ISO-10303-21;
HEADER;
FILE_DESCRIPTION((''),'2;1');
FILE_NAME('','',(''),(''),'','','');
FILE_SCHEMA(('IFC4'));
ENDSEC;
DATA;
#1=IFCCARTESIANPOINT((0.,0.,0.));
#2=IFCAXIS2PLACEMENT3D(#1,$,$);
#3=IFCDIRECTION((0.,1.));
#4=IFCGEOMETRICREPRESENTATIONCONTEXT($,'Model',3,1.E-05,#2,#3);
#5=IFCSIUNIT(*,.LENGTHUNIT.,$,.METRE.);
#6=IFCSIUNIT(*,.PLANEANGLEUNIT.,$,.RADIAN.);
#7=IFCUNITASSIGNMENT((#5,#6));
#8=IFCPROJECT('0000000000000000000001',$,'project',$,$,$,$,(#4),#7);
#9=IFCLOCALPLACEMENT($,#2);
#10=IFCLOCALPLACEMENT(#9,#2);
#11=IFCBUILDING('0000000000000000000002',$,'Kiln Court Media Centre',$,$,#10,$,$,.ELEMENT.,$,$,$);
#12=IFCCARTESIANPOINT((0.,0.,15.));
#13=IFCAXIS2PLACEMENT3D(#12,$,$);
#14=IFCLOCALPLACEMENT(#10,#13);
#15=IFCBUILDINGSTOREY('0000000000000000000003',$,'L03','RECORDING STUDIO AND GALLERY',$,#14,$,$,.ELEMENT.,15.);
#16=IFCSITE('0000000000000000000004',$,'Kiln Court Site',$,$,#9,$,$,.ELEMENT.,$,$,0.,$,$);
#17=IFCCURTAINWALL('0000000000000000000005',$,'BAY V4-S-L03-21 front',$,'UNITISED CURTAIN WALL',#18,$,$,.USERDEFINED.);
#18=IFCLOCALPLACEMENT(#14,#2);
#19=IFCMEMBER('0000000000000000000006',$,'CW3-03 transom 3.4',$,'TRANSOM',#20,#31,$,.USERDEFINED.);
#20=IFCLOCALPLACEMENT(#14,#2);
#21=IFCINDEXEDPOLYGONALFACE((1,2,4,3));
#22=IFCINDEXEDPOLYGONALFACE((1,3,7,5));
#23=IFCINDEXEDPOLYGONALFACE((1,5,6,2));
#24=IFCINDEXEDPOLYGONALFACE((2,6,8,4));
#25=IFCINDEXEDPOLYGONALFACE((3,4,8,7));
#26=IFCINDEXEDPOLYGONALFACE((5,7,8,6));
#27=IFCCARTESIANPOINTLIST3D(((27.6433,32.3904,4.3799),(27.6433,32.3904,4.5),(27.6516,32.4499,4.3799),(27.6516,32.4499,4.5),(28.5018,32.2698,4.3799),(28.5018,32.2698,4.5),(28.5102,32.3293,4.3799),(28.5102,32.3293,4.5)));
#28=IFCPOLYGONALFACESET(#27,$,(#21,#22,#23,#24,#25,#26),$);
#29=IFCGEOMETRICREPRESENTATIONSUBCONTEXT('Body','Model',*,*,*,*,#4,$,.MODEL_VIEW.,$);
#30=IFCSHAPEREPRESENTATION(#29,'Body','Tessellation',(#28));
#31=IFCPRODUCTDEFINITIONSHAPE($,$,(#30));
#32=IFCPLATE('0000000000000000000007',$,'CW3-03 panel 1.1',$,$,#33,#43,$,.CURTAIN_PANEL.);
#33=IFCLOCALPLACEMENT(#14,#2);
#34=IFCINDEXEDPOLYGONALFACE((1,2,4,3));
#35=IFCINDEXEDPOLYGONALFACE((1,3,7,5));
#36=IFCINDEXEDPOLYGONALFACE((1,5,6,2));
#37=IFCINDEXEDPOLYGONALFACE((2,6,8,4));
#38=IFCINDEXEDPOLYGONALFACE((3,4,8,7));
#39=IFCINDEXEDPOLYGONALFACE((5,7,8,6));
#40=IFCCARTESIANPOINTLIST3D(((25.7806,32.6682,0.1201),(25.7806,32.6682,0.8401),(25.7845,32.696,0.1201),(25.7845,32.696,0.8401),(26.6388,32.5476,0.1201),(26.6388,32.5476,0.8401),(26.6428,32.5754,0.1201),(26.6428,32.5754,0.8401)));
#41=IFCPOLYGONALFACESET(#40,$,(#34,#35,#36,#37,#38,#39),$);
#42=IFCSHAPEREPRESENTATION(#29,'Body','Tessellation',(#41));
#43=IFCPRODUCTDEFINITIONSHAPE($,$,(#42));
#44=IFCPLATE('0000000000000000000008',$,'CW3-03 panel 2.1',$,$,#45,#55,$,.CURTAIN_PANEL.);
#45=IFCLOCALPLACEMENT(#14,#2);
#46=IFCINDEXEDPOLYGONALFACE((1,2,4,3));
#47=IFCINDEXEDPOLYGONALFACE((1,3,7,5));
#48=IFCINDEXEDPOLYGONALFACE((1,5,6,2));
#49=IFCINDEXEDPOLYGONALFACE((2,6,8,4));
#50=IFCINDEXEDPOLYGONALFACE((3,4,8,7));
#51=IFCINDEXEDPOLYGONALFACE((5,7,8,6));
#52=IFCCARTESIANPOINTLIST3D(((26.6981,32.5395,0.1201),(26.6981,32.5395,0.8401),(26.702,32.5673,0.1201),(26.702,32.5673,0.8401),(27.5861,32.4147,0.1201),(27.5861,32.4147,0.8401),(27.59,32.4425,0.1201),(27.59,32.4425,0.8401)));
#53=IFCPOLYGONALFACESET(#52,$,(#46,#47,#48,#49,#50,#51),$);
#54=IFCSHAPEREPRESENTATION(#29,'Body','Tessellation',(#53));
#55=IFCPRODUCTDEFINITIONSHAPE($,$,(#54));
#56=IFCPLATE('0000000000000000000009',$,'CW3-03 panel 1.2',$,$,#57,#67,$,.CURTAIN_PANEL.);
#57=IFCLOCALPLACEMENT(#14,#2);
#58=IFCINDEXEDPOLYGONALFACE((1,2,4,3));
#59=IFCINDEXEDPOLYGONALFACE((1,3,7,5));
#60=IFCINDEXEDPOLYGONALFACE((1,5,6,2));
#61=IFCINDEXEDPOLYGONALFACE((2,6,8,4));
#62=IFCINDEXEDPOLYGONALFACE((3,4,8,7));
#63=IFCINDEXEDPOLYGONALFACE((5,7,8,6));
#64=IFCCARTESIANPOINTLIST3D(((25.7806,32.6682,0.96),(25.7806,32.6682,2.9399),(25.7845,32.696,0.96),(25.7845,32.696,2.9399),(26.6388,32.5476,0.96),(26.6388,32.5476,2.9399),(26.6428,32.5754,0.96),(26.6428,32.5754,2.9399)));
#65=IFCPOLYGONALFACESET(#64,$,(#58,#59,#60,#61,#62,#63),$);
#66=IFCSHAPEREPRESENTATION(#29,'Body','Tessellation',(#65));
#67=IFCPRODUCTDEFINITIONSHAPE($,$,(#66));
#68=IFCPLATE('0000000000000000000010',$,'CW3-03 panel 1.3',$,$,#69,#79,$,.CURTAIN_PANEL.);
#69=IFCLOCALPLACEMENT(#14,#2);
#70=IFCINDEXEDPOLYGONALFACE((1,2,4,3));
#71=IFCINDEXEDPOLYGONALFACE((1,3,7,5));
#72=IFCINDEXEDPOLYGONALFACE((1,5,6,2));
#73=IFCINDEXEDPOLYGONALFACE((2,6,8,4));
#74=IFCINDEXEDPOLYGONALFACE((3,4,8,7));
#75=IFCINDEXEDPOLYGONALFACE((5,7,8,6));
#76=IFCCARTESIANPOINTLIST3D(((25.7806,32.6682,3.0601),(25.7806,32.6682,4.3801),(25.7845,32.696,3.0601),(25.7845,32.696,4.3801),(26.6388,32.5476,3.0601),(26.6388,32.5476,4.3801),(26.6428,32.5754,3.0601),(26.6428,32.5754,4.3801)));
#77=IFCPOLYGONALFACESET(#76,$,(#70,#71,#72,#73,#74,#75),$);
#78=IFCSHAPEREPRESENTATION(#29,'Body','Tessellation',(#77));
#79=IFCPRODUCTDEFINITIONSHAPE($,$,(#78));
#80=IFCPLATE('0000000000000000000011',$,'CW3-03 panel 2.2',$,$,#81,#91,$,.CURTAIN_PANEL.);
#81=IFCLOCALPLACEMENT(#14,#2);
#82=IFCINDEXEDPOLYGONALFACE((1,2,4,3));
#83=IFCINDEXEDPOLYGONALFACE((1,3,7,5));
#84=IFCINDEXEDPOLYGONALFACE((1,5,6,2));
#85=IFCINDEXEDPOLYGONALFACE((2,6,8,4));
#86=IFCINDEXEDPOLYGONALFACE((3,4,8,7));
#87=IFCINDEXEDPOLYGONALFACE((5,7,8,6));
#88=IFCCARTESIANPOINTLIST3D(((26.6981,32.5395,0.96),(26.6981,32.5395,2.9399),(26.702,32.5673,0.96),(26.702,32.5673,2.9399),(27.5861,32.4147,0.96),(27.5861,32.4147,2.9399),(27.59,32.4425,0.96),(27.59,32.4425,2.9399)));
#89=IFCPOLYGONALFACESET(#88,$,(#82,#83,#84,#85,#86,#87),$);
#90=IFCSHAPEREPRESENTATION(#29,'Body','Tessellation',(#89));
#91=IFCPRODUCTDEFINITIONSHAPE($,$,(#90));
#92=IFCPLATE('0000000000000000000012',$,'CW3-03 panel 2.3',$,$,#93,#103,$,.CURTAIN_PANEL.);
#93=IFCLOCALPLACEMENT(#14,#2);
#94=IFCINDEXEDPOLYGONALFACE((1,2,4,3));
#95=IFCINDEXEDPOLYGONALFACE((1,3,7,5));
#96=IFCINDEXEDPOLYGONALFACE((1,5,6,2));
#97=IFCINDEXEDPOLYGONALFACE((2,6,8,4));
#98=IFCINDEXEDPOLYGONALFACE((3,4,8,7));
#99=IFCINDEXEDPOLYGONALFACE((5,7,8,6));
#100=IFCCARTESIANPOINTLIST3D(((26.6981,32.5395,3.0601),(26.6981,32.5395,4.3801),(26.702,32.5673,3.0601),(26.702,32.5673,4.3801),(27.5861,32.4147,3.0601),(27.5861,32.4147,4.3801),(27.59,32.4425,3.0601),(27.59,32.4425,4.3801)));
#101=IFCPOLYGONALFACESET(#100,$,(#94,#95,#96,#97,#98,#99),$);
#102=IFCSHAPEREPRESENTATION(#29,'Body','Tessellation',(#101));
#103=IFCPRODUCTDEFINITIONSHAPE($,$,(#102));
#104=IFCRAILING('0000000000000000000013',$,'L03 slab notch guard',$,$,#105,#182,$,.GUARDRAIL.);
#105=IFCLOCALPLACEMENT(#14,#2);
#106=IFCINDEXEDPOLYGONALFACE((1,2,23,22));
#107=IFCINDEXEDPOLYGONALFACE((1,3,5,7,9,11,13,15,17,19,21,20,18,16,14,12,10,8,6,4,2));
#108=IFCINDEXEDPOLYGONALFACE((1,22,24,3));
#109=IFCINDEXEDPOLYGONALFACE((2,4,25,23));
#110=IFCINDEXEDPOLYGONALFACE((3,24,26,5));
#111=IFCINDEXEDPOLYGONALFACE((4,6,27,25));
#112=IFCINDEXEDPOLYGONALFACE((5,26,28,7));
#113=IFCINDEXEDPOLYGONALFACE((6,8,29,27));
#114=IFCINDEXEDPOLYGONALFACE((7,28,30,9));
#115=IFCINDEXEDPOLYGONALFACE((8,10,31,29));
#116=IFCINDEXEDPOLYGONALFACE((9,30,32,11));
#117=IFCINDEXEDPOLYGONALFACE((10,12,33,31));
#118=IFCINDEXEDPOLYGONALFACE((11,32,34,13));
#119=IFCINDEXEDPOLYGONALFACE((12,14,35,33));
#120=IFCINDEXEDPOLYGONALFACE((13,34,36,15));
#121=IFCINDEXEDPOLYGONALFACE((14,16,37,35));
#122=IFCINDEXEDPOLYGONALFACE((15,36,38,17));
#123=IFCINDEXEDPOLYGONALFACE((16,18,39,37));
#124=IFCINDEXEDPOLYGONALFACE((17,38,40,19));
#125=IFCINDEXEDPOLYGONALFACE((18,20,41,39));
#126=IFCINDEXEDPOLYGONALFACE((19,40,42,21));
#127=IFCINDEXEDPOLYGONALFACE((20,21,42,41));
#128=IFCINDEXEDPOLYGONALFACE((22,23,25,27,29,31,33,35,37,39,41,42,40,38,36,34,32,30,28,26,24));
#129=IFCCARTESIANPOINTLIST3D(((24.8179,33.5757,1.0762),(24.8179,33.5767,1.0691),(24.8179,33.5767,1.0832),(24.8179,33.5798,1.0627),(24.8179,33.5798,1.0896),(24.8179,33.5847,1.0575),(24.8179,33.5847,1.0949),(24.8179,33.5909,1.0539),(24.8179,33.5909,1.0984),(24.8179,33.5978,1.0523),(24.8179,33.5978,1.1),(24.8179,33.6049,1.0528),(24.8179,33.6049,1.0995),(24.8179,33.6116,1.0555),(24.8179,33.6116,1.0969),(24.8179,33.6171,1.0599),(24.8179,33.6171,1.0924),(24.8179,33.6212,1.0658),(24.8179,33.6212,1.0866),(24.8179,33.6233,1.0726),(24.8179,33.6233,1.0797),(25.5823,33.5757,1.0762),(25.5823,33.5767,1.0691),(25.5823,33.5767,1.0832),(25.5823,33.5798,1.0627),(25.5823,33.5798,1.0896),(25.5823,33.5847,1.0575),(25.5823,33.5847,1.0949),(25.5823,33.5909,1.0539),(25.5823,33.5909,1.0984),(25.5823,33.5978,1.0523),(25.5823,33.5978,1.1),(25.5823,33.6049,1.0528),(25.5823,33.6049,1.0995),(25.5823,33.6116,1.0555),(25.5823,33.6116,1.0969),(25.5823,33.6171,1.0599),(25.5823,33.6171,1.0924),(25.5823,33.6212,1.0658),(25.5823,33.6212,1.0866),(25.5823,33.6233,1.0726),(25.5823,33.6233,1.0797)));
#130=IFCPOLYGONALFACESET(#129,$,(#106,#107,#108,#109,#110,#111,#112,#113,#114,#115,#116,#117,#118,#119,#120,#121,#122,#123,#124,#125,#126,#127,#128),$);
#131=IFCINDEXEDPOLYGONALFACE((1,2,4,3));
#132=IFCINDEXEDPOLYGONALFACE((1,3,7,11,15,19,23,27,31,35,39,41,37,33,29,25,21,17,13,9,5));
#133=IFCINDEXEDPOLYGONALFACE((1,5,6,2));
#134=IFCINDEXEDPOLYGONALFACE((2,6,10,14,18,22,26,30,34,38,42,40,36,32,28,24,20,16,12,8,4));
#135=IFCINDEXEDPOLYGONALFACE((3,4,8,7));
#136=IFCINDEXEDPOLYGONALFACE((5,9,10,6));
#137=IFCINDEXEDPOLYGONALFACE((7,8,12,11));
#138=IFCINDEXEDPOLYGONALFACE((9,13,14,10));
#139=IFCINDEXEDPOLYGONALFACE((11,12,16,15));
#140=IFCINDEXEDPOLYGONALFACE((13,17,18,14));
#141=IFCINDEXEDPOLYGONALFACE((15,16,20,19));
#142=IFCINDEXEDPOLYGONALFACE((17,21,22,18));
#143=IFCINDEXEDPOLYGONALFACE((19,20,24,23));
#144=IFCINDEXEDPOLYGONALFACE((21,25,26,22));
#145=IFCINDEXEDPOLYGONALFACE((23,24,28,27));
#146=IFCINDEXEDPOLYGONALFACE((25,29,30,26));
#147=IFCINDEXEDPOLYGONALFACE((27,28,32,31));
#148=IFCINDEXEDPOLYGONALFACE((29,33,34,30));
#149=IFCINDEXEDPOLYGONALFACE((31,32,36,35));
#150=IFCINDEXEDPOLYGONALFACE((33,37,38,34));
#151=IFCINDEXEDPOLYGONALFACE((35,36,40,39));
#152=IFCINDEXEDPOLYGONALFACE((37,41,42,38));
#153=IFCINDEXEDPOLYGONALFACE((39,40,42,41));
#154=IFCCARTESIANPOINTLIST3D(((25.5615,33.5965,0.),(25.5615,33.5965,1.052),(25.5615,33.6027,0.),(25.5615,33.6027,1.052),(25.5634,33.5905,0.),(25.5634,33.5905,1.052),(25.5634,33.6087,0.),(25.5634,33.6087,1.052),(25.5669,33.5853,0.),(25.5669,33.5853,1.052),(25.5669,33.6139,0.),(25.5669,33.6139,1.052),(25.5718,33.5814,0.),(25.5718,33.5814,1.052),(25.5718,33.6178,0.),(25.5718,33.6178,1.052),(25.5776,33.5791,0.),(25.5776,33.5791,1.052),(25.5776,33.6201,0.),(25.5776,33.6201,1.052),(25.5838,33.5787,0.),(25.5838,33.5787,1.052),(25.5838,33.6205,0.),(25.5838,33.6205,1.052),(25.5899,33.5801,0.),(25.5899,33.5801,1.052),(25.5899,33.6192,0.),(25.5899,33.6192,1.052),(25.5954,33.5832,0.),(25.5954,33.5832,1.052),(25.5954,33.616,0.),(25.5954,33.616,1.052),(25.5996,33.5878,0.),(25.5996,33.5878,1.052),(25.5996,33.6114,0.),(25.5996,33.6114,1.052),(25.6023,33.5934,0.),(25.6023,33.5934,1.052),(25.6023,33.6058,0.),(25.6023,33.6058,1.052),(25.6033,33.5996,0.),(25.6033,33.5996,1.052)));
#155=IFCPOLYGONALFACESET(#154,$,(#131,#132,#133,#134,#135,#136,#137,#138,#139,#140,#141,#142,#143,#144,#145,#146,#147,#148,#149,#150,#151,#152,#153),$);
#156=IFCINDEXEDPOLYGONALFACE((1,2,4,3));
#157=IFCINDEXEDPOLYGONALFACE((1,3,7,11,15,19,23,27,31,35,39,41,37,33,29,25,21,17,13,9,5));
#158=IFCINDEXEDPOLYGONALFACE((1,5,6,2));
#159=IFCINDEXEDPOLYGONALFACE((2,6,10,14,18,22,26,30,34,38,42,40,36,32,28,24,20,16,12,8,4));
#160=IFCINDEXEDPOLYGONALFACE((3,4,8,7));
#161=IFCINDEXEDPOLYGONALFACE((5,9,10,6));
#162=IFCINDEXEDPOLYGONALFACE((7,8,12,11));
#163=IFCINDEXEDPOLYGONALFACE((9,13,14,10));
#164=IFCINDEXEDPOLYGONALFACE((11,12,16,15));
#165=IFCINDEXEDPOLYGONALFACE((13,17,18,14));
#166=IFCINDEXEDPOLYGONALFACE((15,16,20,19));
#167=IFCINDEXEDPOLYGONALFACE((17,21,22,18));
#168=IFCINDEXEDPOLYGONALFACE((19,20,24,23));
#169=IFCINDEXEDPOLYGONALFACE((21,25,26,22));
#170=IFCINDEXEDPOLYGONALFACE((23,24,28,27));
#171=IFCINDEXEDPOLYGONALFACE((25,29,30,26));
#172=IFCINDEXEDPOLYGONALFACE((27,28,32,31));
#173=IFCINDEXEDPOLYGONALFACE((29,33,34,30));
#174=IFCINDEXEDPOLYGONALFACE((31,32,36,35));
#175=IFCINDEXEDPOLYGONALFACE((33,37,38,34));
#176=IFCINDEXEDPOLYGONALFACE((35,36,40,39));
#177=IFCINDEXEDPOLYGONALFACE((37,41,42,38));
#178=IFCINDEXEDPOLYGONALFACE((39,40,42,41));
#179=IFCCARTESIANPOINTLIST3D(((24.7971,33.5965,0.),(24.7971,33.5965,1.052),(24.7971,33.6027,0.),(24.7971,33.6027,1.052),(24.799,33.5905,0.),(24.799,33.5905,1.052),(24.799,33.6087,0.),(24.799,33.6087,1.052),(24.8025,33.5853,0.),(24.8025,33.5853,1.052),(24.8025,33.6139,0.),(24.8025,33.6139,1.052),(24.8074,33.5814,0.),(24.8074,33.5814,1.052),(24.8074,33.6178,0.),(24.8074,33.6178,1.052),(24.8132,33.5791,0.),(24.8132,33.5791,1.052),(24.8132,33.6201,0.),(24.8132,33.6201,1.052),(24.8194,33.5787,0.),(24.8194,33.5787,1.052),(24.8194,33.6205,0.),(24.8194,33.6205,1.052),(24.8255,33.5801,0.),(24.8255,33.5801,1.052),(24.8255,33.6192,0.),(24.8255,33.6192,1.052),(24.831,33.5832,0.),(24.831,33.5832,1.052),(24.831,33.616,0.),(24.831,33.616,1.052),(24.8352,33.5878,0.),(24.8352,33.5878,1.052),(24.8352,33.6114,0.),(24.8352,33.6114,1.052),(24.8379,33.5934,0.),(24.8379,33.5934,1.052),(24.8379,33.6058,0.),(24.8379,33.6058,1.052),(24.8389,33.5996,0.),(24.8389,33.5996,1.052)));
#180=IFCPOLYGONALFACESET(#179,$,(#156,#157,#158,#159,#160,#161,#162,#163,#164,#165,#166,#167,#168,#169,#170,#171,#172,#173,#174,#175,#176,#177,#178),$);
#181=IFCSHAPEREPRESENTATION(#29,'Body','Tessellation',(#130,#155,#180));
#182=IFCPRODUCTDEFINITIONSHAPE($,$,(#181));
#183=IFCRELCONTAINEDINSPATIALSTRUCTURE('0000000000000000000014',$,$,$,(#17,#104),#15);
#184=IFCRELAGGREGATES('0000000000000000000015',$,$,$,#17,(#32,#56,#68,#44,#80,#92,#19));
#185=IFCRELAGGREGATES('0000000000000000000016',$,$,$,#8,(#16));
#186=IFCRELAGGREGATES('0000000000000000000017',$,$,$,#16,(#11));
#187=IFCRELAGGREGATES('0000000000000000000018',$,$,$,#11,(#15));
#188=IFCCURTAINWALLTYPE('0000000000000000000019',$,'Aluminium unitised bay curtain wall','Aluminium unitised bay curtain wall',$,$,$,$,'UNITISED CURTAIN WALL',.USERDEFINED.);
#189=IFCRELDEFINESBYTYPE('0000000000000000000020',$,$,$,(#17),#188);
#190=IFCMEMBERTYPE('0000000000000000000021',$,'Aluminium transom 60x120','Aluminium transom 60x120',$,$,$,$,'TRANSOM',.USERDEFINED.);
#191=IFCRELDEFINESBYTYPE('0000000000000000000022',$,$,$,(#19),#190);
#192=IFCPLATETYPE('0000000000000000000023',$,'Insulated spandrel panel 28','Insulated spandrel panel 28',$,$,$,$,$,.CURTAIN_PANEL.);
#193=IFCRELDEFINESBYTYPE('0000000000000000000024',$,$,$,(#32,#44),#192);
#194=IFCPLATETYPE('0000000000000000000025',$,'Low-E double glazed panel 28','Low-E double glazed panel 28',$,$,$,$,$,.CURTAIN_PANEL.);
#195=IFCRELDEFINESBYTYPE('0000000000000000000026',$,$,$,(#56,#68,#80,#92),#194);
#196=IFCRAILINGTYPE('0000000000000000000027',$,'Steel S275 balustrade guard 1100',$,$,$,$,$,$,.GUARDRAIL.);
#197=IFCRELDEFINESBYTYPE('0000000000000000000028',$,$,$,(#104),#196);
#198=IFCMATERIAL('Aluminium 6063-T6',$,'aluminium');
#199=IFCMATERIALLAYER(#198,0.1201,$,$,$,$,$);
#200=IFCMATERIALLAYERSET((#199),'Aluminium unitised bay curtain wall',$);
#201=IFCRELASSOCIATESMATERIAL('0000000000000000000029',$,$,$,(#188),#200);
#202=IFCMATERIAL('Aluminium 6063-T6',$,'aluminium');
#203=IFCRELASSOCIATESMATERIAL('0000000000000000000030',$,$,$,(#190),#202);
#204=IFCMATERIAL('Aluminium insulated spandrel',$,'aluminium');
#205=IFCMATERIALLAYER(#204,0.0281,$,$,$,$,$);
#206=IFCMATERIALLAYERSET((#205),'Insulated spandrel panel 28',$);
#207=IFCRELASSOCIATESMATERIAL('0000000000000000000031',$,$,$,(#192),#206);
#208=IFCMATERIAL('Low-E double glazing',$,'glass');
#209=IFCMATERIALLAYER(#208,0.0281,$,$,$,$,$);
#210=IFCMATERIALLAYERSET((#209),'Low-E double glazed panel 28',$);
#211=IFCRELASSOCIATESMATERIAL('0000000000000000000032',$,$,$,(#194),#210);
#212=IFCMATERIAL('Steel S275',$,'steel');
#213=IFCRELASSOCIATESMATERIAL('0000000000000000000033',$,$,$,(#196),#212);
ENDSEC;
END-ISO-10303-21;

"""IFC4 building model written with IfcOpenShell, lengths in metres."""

from ifc_helpers import new_model, si_unit, direction, frame, origin, origin_2d, place, context, subcontext, project, spatial, rectangle, circle, extrude, material, layer, layer_set, material_profile, profile_set, type_object, element, aggregate, save


model = new_model("IFC4")

# Units and contexts
model_context = context("Model", 3, precision=1e-05, world=origin(), true_north=direction((0.0, 1.0)))
body_context = subcontext(model_context, "Body", "Model", "MODEL_VIEW")
ifc_project = project(units=[si_unit("LENGTHUNIT", "METRE"), si_unit("PLANEANGLEUNIT", "RADIAN")], contexts=[model_context])

# Site, building, storey
site_placement = place(None, origin())
site = spatial("IfcSite", under=ifc_project, at=site_placement, Name="Kiln Court Site", CompositionType="ELEMENT", RefElevation=0.0)
building_placement = place(site_placement, origin())
building = spatial("IfcBuilding", under=site, at=building_placement, Name="Kiln Court Media Centre", CompositionType="ELEMENT")
storey_placement = place(building_placement, frame((0.0, 0.0, 15.0)))
storey = spatial("IfcBuildingStorey", under=building, at=storey_placement, Name="L03", Description="RECORDING STUDIO AND GALLERY", CompositionType="ELEMENT", Elevation=15.0)

# Curtain wall, member, plates
ifc_material_1 = material(Name="Aluminium 6063-T6", Category="aluminium")
ifc_layer_1 = layer(ifc_material_1, 0.1201)
ifc_layer_set_1 = layer_set([ifc_layer_1], Name="Aluminium unitised bay curtain wall")
curtain_wall_type = type_object("IfcCurtainWallType", Name="Aluminium unitised bay curtain wall", Description="Aluminium unitised bay curtain wall", ElementType="UNITISED CURTAIN WALL", PredefinedType="USERDEFINED", material=ifc_layer_set_1)
curtain_wall_placement = place(storey_placement, origin())
curtain_wall = element("IfcCurtainWall", 1, at=curtain_wall_placement, inside=storey, type_object=curtain_wall_type, Name="BAY V4-S-L03-21 front", ObjectType="UNITISED CURTAIN WALL", PredefinedType="USERDEFINED")
ifc_material_2 = material(Name="Aluminium 6063-T6", Category="aluminium")
ifc_material_profile_1 = material_profile(ifc_material_2, rectangle(XDim=0.0601, YDim=0.1201, at=origin_2d()), Name="Aluminium transom 60x120")
ifc_profile_set_1 = profile_set([ifc_material_profile_1], Name="Aluminium 6063-T6")
member_type_1 = type_object("IfcMemberType", Name="Aluminium transom 60x120", Description="Aluminium transom 60x120", ElementType="TRANSOM", PredefinedType="USERDEFINED", material=ifc_profile_set_1)
member_1_placement = place(storey_placement, frame((27.6475, 32.4202, 4.4399), z_axis=(0.990274, -0.139134, 0.0), x_axis=(0.139134, 0.990274, 0.0)))
member_1 = element("IfcMember", 2, at=member_1_placement, type_object=member_type_1, Name="CW3-03 transom 3.4", ObjectType="TRANSOM", PredefinedType="USERDEFINED", context=body_context, shape_type="SweptSolid", body=[
    extrude(rectangle(XDim=0.0601, YDim=0.1201, at=origin_2d()), origin(), (0.0, 0.0, 1.0), 0.8669),
])
ifc_material_3 = material(Name="Aluminium insulated spandrel", Category="aluminium")
ifc_layer_2 = layer(ifc_material_3, 0.0281)
ifc_layer_set_2 = layer_set([ifc_layer_2], Name="Insulated spandrel panel 28")
plate_type_1 = type_object("IfcPlateType", Name="Insulated spandrel panel 28", Description="Insulated spandrel panel 28", PredefinedType="CURTAIN_PANEL", material=ifc_layer_set_2)
plate_1_placement = place(storey_placement, frame((26.2117, 32.6218, 0.1201), z_axis=(0.0, 0.0, 1.0), x_axis=(0.99027, -0.139162, 0.0)))
plate_1 = element("IfcPlate", 3, at=plate_1_placement, type_object=plate_type_1, Name="CW3-03 panel 1.1", PredefinedType="CURTAIN_PANEL", context=body_context, shape_type="SweptSolid", body=[
    extrude(rectangle(XDim=0.8667, YDim=0.0281, at=origin_2d()), origin(), (0.0, 0.0, 1.0), 0.72),
])
plate_2_placement = place(storey_placement, frame((27.144, 32.491, 0.1201), z_axis=(0.0, 0.0, 1.0), x_axis=(0.99027, -0.139162, 0.0)))
plate_2 = element("IfcPlate", 4, at=plate_2_placement, type_object=plate_type_1, Name="CW3-03 panel 2.1", PredefinedType="CURTAIN_PANEL", context=body_context, shape_type="SweptSolid", body=[
    extrude(rectangle(XDim=0.8967, YDim=0.0281, at=origin_2d()), origin(), (0.0, 0.0, 1.0), 0.72),
])
ifc_material_4 = material(Name="Low-E double glazing", Category="glass")
ifc_layer_3 = layer(ifc_material_4, 0.0281)
ifc_layer_set_3 = layer_set([ifc_layer_3], Name="Low-E double glazed panel 28")
plate_type_2 = type_object("IfcPlateType", Name="Low-E double glazed panel 28", Description="Low-E double glazed panel 28", PredefinedType="CURTAIN_PANEL", material=ifc_layer_set_3)
plate_3_placement = place(storey_placement, frame((26.2117, 32.6218, 0.96), z_axis=(0.0, 0.0, 1.0), x_axis=(0.99027, -0.139162, 0.0)))
plate_3 = element("IfcPlate", 5, at=plate_3_placement, type_object=plate_type_2, Name="CW3-03 panel 1.2", PredefinedType="CURTAIN_PANEL", context=body_context, shape_type="SweptSolid", body=[
    extrude(rectangle(XDim=0.8667, YDim=0.0281, at=origin_2d()), origin(), (0.0, 0.0, 1.0), 1.98),
])
plate_4_placement = place(storey_placement, frame((26.2117, 32.6218, 3.0601), z_axis=(0.0, 0.0, 1.0), x_axis=(0.99027, -0.139162, 0.0)))
plate_4 = element("IfcPlate", 6, at=plate_4_placement, type_object=plate_type_2, Name="CW3-03 panel 1.3", PredefinedType="CURTAIN_PANEL", context=body_context, shape_type="SweptSolid", body=[
    extrude(rectangle(XDim=0.8667, YDim=0.0281, at=origin_2d()), origin(), (0.0, 0.0, 1.0), 1.3201),
])
plate_5_placement = place(storey_placement, frame((27.144, 32.491, 0.96), z_axis=(0.0, 0.0, 1.0), x_axis=(0.99027, -0.139162, 0.0)))
plate_5 = element("IfcPlate", 7, at=plate_5_placement, type_object=plate_type_2, Name="CW3-03 panel 2.2", PredefinedType="CURTAIN_PANEL", context=body_context, shape_type="SweptSolid", body=[
    extrude(rectangle(XDim=0.8967, YDim=0.0281, at=origin_2d()), origin(), (0.0, 0.0, 1.0), 1.98),
])
plate_6_placement = place(storey_placement, frame((27.144, 32.491, 3.0601), z_axis=(0.0, 0.0, 1.0), x_axis=(0.99027, -0.139162, 0.0)))
plate_6 = element("IfcPlate", 8, at=plate_6_placement, type_object=plate_type_2, Name="CW3-03 panel 2.3", PredefinedType="CURTAIN_PANEL", context=body_context, shape_type="SweptSolid", body=[
    extrude(rectangle(XDim=0.8967, YDim=0.0281, at=origin_2d()), origin(), (0.0, 0.0, 1.0), 1.3201),
])
aggregate(curtain_wall, [plate_1, plate_3, plate_4, plate_2, plate_5, plate_6, member_1])

# Railing
ifc_material_5 = material(Name="Steel S275", Category="steel")
railing_type = type_object("IfcRailingType", Name="Steel S275 balustrade guard 1100", PredefinedType="GUARDRAIL", material=ifc_material_5)
railing_placement = place(storey_placement, frame((25.5823, 33.5996, 0.0)))
element("IfcRailing", 9, at=railing_placement, inside=storey, type_object=railing_type, Name="L03 slab notch guard", PredefinedType="GUARDRAIL", context=body_context, shape_type="SweptSolid", body=[
    extrude(circle(Radius=0.0239, at=origin_2d()), frame((0.0, 0.0, 1.0762), z_axis=(-1.0, 0.0, 0.0), x_axis=(0.0, -1.0, 0.0)), (0.0, 0.0, 1.0), 0.7644),
    extrude(circle(Radius=0.021, at=origin_2d()), origin(), (0.0, 0.0, 1.0), 1.052),
    extrude(circle(Radius=0.021, at=origin_2d()), frame((-0.7644, 0.0, 0.0)), (0.0, 0.0, 1.0), 1.052),
])

save(model, "model.ifc")
